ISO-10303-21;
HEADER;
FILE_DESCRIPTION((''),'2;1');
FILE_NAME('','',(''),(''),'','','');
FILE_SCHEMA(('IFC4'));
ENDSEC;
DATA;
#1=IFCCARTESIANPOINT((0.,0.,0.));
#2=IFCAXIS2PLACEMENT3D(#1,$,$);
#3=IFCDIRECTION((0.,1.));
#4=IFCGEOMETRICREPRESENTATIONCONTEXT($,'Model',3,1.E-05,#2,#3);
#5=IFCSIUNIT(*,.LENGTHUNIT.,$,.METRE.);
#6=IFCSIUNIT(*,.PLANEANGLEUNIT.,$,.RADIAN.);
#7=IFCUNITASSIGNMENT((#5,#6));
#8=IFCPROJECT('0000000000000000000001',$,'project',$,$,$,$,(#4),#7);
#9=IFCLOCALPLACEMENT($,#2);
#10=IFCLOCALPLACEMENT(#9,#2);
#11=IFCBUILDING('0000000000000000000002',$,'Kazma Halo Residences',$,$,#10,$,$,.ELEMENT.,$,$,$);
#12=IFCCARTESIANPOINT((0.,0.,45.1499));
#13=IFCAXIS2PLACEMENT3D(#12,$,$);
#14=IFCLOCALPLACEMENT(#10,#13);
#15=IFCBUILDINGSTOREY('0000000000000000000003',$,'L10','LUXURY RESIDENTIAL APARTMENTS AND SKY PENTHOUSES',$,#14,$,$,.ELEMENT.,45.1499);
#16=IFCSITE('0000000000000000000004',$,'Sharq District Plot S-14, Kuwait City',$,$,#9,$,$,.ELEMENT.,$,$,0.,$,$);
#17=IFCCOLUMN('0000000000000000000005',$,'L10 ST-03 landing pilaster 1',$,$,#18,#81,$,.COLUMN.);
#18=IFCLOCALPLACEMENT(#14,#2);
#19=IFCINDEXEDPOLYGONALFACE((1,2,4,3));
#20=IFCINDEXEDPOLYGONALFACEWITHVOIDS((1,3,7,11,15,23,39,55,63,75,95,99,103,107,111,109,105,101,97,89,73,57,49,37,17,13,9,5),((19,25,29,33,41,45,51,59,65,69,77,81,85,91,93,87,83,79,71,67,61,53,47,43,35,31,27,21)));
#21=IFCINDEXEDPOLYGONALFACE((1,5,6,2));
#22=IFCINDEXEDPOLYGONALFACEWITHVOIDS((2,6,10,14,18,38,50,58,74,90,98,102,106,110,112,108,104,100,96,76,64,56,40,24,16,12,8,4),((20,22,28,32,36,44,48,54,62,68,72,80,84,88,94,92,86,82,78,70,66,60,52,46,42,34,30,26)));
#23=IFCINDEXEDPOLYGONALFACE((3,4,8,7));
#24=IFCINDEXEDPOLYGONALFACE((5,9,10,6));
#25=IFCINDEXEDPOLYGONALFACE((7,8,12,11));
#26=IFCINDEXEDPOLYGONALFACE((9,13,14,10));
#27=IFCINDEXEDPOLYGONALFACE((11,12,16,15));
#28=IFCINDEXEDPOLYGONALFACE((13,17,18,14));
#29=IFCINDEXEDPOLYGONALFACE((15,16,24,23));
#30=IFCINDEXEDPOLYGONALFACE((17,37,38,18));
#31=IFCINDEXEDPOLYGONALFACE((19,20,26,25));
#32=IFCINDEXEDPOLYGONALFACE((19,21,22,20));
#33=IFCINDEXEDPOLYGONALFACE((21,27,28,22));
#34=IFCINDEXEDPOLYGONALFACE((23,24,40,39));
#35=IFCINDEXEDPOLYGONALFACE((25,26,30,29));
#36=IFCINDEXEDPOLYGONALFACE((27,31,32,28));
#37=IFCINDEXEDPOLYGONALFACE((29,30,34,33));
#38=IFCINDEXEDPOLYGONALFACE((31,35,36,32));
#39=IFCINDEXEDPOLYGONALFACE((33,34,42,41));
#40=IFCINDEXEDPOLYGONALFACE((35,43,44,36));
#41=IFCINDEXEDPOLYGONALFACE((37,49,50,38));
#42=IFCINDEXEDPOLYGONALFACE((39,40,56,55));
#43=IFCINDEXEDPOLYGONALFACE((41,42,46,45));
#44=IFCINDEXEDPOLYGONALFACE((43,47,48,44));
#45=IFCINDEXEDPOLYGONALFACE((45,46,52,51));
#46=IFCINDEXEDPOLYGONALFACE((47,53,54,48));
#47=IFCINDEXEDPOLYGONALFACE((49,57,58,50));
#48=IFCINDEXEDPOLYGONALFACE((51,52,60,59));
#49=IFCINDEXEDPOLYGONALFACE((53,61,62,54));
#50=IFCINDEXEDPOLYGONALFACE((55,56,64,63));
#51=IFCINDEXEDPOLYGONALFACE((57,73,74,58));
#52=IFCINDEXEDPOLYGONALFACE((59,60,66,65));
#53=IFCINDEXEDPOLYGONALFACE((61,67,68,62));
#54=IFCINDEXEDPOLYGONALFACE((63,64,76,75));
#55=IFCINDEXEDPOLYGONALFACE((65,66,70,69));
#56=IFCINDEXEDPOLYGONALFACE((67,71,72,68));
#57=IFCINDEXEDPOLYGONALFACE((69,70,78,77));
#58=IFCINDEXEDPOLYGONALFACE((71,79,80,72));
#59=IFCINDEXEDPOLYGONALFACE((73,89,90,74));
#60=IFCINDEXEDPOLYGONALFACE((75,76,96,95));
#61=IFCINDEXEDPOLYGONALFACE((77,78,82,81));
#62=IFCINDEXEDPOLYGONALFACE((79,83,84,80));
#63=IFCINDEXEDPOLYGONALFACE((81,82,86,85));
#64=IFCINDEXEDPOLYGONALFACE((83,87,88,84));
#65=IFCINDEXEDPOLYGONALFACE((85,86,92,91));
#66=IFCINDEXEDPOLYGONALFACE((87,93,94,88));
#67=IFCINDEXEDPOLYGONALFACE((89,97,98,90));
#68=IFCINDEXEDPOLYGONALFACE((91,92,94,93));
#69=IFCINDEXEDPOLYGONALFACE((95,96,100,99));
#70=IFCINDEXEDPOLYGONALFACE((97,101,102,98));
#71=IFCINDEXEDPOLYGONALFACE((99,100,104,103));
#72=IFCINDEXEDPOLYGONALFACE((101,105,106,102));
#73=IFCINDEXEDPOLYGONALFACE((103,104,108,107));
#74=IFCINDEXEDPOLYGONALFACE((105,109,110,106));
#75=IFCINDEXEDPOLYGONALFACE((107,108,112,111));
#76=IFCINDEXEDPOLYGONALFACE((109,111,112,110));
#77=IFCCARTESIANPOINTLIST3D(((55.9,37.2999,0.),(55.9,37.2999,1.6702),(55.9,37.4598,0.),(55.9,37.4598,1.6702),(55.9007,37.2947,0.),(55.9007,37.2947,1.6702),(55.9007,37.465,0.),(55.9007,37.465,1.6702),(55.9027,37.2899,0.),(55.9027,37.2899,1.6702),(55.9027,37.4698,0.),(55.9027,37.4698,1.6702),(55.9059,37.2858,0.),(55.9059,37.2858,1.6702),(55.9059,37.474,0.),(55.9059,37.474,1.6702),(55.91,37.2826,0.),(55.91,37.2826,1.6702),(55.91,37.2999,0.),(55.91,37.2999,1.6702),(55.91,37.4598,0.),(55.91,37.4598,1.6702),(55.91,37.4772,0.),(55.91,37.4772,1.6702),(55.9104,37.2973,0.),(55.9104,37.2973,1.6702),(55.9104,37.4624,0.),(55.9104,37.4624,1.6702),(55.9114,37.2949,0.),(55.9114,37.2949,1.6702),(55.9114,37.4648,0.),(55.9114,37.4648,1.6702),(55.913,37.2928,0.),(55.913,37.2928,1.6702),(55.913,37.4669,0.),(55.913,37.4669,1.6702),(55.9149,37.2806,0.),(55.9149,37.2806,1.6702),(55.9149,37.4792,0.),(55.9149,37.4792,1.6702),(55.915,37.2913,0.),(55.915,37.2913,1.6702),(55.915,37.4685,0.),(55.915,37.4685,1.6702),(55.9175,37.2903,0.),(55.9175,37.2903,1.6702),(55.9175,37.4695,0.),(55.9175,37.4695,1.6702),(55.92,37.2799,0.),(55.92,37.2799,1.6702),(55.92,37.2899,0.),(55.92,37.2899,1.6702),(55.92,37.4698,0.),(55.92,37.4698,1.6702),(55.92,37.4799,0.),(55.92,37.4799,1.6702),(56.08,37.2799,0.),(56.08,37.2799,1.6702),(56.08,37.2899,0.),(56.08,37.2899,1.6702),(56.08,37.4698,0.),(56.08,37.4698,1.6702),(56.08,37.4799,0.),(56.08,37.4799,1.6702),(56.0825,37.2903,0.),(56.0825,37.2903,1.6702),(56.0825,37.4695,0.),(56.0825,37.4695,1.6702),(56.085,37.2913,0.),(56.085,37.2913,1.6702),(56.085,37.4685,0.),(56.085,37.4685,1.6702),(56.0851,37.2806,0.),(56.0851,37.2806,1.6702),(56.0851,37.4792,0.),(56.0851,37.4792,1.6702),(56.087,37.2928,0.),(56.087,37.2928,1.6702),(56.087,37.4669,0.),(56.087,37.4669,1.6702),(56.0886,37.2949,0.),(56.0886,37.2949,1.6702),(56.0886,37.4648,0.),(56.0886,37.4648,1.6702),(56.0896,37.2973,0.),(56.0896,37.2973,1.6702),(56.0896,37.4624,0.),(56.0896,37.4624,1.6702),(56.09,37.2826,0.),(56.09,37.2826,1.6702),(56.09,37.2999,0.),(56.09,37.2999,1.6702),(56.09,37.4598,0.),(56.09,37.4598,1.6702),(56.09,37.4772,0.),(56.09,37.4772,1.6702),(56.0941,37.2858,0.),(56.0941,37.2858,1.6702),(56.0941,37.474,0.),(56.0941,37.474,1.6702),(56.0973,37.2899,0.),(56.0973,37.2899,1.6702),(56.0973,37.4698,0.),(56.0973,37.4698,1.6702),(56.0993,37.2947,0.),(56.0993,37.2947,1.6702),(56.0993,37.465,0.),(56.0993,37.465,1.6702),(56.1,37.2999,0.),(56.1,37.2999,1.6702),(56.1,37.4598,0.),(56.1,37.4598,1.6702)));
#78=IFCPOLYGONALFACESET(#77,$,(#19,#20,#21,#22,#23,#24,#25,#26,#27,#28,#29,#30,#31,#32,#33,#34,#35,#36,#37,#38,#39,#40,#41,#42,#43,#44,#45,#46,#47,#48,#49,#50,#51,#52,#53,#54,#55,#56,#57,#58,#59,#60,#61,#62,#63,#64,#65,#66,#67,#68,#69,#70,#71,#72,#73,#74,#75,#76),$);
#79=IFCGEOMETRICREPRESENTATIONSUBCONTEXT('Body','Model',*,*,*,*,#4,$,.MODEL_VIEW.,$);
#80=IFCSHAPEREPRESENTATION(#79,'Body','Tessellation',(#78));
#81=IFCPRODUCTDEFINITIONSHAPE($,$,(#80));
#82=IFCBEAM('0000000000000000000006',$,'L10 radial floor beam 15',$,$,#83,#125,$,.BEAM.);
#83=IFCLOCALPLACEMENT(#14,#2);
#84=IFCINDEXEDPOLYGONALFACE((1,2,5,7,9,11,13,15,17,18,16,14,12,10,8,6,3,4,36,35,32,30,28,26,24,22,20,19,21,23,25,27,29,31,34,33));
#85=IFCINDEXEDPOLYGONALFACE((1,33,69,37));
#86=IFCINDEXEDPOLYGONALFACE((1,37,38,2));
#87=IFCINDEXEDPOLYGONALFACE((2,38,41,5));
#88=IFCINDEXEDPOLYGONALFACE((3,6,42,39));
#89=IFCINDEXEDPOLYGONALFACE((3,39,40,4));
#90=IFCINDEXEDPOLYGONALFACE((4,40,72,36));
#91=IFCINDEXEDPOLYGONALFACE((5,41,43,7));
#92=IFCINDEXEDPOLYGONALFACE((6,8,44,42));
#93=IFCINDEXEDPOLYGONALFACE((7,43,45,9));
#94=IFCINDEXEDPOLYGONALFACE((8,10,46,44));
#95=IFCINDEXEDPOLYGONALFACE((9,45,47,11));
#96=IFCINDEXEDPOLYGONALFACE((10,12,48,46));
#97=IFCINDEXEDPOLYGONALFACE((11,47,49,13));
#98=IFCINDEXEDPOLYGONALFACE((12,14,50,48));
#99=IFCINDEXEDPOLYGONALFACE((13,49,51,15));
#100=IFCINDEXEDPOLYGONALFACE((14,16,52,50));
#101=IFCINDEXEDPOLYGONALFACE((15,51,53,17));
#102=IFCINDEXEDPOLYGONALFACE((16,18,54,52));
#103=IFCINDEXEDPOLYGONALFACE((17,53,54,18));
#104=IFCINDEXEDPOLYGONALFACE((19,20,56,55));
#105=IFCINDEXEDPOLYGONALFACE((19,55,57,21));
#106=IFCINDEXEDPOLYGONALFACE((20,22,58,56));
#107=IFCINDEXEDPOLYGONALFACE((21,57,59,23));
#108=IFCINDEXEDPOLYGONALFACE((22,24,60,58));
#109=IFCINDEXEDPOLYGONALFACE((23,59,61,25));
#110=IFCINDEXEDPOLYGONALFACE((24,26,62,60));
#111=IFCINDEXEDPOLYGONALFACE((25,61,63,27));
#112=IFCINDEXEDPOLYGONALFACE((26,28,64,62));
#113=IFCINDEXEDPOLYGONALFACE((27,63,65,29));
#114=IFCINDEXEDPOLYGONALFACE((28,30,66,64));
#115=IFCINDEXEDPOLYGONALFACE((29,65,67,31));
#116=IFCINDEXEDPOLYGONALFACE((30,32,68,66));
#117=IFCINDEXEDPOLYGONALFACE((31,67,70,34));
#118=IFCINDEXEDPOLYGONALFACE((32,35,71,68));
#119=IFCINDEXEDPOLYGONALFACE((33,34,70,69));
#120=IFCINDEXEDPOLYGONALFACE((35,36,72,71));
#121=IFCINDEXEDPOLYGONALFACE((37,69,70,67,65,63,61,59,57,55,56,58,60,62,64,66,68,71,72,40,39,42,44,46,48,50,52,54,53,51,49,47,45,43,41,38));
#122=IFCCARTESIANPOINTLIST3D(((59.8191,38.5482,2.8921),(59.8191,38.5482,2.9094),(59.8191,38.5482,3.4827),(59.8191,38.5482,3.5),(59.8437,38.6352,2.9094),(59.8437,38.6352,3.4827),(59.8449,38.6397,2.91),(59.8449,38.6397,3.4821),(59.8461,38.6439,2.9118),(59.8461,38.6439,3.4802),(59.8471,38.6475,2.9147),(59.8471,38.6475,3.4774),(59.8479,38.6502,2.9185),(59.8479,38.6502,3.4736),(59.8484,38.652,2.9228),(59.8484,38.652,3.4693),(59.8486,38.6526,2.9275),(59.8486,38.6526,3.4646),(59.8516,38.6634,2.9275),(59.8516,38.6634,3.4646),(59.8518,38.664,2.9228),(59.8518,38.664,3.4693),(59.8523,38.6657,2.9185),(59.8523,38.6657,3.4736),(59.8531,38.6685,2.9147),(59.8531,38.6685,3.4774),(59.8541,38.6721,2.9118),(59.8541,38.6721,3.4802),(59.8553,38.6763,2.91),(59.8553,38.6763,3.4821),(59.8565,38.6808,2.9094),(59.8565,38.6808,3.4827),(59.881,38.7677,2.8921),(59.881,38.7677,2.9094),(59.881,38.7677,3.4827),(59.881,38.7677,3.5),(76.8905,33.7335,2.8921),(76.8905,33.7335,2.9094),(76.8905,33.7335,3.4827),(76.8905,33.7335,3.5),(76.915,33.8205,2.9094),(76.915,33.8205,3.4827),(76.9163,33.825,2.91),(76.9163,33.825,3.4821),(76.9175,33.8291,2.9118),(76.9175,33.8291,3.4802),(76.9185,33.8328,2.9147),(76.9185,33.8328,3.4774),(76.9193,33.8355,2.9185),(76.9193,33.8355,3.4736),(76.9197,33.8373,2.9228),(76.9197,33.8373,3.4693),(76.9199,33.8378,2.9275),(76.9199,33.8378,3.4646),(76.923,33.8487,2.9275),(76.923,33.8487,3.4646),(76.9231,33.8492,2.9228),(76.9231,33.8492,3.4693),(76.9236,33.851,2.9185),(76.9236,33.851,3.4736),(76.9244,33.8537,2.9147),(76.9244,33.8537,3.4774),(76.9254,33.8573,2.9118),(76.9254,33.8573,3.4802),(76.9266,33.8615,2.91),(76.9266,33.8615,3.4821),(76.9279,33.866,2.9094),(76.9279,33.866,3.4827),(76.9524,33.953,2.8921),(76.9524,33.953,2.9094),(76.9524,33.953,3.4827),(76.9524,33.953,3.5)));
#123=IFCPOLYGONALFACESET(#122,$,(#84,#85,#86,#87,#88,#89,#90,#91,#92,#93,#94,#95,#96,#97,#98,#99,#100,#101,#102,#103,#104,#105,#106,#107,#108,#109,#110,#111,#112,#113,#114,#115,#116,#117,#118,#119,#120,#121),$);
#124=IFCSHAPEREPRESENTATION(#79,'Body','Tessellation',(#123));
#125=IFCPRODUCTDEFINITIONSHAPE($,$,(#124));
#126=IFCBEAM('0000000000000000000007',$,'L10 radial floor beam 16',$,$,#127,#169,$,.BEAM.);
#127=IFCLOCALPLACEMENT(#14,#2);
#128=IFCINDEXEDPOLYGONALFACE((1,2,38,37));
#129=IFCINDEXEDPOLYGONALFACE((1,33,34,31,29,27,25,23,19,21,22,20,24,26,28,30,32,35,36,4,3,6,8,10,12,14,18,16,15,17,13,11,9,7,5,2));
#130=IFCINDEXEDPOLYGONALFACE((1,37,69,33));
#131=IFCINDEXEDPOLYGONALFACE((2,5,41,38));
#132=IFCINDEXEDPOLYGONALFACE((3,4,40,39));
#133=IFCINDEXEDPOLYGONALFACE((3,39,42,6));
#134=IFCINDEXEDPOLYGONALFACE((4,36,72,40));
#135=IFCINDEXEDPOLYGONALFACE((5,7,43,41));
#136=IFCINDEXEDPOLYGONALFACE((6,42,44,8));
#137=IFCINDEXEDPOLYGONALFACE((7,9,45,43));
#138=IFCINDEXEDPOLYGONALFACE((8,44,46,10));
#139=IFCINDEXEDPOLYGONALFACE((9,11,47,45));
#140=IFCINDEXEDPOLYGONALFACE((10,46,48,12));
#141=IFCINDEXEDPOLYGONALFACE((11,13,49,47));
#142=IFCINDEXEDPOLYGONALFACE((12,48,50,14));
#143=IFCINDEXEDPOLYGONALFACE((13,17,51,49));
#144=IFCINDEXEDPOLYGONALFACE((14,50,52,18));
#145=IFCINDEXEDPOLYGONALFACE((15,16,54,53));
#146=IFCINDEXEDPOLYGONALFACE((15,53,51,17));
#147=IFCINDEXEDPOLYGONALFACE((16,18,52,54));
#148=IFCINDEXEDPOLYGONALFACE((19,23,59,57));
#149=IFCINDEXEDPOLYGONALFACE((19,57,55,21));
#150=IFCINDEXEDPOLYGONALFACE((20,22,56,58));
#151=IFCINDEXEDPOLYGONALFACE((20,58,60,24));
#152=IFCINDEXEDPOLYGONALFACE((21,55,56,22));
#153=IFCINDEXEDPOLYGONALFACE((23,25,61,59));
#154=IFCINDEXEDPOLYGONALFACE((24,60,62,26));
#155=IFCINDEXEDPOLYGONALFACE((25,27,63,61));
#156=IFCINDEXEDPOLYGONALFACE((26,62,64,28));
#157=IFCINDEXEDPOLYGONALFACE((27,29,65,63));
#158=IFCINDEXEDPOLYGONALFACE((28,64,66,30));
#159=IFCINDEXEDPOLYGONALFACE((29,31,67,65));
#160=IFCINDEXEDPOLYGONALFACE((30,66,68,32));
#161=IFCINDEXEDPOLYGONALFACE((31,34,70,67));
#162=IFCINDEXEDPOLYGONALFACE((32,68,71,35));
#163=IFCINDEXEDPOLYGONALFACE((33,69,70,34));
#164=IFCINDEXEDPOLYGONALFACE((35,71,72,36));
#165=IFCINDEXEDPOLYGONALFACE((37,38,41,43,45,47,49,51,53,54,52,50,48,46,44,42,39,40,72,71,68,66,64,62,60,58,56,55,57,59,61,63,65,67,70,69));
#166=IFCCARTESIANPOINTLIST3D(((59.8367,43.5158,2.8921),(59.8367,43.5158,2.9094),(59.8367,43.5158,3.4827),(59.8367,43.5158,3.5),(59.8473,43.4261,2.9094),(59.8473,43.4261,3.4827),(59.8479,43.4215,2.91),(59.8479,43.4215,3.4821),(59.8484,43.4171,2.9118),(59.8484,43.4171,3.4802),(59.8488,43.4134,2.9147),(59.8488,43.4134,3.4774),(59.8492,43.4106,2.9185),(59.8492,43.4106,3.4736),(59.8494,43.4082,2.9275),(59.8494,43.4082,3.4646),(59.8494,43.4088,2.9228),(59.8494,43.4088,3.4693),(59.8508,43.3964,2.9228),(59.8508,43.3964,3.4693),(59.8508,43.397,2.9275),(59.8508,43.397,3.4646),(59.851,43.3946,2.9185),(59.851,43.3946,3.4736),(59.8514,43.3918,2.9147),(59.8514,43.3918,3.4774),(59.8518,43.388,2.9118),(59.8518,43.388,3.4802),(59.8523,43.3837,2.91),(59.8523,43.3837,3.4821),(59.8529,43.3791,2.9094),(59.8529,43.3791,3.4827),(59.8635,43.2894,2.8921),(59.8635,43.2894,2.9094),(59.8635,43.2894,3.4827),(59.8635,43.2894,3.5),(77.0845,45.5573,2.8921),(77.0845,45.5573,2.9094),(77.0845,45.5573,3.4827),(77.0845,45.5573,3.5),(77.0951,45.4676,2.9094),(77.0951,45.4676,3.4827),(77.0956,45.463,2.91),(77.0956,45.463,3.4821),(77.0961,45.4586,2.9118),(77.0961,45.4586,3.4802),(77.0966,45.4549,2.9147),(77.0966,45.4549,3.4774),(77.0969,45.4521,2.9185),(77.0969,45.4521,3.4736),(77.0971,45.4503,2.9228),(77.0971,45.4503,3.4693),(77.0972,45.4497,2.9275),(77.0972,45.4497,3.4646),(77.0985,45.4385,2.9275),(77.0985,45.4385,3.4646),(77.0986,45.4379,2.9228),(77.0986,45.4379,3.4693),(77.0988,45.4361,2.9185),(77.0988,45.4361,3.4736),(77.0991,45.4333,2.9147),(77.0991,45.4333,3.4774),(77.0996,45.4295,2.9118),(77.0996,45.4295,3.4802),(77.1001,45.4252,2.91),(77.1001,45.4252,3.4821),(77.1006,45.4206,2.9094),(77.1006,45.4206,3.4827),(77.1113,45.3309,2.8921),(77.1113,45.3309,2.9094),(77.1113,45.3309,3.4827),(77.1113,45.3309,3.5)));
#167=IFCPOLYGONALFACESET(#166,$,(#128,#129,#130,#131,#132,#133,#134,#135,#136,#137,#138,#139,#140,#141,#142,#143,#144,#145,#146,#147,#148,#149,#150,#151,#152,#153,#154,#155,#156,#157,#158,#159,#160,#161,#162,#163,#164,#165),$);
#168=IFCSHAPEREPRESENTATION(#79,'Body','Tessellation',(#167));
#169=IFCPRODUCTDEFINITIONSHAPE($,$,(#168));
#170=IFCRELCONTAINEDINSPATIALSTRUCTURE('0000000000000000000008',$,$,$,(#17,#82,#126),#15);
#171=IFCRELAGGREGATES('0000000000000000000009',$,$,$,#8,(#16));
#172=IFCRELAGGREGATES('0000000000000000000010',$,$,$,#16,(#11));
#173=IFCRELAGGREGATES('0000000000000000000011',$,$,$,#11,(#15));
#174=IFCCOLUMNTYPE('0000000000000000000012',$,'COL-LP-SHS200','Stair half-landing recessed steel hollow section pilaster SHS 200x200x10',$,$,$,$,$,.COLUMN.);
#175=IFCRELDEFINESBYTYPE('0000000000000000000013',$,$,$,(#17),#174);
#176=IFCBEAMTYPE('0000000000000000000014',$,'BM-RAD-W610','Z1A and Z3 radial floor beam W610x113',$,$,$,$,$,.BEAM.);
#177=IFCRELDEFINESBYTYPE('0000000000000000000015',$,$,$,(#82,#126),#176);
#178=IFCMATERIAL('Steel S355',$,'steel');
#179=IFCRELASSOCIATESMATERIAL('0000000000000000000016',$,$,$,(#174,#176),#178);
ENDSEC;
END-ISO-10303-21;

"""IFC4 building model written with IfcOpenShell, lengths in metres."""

from ifc_helpers import new_model, si_unit, direction, frame, origin, origin_2d, place, context, subcontext, project, spatial, hollow_rectangle, i_section, extrude, material, material_profile, profile_set, type_object, element, save


model = new_model("IFC4")

# Units and contexts
model_context = context("Model", 3, precision=1e-05, world=origin(), true_north=direction((0.0, 1.0)))
body_context = subcontext(model_context, "Body", "Model", "MODEL_VIEW")
ifc_project = project(units=[si_unit("LENGTHUNIT", "METRE"), si_unit("PLANEANGLEUNIT", "RADIAN")], contexts=[model_context])

# Site, building, storey
site_placement = place(None, origin())
site = spatial("IfcSite", under=ifc_project, at=site_placement, Name="Sharq District Plot S-14, Kuwait City", CompositionType="ELEMENT", RefElevation=0.0)
building_placement = place(site_placement, origin())
building = spatial("IfcBuilding", under=site, at=building_placement, Name="Kazma Halo Residences", CompositionType="ELEMENT")
storey_placement = place(building_placement, frame((0.0, 0.0, 45.1499)))
storey = spatial("IfcBuildingStorey", under=building, at=storey_placement, Name="L10", Description="LUXURY RESIDENTIAL APARTMENTS AND SKY PENTHOUSES", CompositionType="ELEMENT", Elevation=45.1499)

# Column
ifc_material_1 = material(Name="Steel S355", Category="steel")
ifc_material_profile_1 = material_profile(ifc_material_1, hollow_rectangle(XDim=0.2, YDim=0.2, WallThickness=0.01, InnerFilletRadius=0.01, OuterFilletRadius=0.02, at=origin_2d()), Name="SHS200x200x10")
ifc_profile_set_1 = profile_set([ifc_material_profile_1], Name="Steel S355")
column_type = type_object("IfcColumnType", Name="COL-LP-SHS200", Description="Stair half-landing recessed steel hollow section pilaster SHS 200x200x10", PredefinedType="COLUMN", material=ifc_profile_set_1)
column_placement = place(storey_placement, frame((56.0, 37.3799, 0.0), z_axis=(0.0, 0.0, 1.0), x_axis=(1.0, 0.0, 0.0)))
element("IfcColumn", 1, at=column_placement, inside=storey, type_object=column_type, Name="L10 ST-03 landing pilaster 1", PredefinedType="COLUMN", context=body_context, shape_type="SweptSolid", body=[
    extrude(hollow_rectangle(XDim=0.2, YDim=0.2, WallThickness=0.01, InnerFilletRadius=0.01, OuterFilletRadius=0.02, at=origin_2d()), origin(), (0.0, 0.0, 1.0), 1.6702),
])

# Beams
ifc_material_profile_2 = material_profile(ifc_material_1, i_section(OverallWidth=0.228, OverallDepth=0.6079, WebThickness=0.0112, FlangeThickness=0.0173, FilletRadius=0.0181, at=origin_2d()), Name="W610x113")
ifc_profile_set_2 = profile_set([ifc_material_profile_2], Name="Steel S355")
beam_type_1 = type_object("IfcBeamType", Name="BM-RAD-W610", Description="Z1A and Z3 radial floor beam W610x113", PredefinedType="BEAM", material=ifc_profile_set_2)
beam_1_placement = place(storey_placement, frame((59.8501, 38.658, 3.196), z_axis=(0.962454, -0.271445, 0.0), x_axis=(0.271445, 0.962454, 0.0)))
element("IfcBeam", 2, at=beam_1_placement, inside=storey, type_object=beam_type_1, Name="L10 radial floor beam 15", PredefinedType="BEAM", context=body_context, shape_type="SweptSolid", body=[
    extrude(i_section(OverallWidth=0.228, OverallDepth=0.6079, WebThickness=0.0112, FlangeThickness=0.0173, FilletRadius=0.0181, at=origin_2d()), origin(), (0.0, 0.0, 1.0), 17.7373),
])
beam_2_placement = place(storey_placement, frame((59.8501, 43.4026, 3.196), z_axis=(0.993068, 0.117543, 0.0), x_axis=(-0.117543, 0.993068, 0.0)))
element("IfcBeam", 3, at=beam_2_placement, inside=storey, type_object=beam_type_1, Name="L10 radial floor beam 16", PredefinedType="BEAM", context=body_context, shape_type="SweptSolid", body=[
    extrude(i_section(OverallWidth=0.228, OverallDepth=0.6079, WebThickness=0.0112, FlangeThickness=0.0173, FilletRadius=0.0181, at=origin_2d()), origin(), (0.0, 0.0, 1.0), 17.3682),
])

save(model, "model.ifc")
